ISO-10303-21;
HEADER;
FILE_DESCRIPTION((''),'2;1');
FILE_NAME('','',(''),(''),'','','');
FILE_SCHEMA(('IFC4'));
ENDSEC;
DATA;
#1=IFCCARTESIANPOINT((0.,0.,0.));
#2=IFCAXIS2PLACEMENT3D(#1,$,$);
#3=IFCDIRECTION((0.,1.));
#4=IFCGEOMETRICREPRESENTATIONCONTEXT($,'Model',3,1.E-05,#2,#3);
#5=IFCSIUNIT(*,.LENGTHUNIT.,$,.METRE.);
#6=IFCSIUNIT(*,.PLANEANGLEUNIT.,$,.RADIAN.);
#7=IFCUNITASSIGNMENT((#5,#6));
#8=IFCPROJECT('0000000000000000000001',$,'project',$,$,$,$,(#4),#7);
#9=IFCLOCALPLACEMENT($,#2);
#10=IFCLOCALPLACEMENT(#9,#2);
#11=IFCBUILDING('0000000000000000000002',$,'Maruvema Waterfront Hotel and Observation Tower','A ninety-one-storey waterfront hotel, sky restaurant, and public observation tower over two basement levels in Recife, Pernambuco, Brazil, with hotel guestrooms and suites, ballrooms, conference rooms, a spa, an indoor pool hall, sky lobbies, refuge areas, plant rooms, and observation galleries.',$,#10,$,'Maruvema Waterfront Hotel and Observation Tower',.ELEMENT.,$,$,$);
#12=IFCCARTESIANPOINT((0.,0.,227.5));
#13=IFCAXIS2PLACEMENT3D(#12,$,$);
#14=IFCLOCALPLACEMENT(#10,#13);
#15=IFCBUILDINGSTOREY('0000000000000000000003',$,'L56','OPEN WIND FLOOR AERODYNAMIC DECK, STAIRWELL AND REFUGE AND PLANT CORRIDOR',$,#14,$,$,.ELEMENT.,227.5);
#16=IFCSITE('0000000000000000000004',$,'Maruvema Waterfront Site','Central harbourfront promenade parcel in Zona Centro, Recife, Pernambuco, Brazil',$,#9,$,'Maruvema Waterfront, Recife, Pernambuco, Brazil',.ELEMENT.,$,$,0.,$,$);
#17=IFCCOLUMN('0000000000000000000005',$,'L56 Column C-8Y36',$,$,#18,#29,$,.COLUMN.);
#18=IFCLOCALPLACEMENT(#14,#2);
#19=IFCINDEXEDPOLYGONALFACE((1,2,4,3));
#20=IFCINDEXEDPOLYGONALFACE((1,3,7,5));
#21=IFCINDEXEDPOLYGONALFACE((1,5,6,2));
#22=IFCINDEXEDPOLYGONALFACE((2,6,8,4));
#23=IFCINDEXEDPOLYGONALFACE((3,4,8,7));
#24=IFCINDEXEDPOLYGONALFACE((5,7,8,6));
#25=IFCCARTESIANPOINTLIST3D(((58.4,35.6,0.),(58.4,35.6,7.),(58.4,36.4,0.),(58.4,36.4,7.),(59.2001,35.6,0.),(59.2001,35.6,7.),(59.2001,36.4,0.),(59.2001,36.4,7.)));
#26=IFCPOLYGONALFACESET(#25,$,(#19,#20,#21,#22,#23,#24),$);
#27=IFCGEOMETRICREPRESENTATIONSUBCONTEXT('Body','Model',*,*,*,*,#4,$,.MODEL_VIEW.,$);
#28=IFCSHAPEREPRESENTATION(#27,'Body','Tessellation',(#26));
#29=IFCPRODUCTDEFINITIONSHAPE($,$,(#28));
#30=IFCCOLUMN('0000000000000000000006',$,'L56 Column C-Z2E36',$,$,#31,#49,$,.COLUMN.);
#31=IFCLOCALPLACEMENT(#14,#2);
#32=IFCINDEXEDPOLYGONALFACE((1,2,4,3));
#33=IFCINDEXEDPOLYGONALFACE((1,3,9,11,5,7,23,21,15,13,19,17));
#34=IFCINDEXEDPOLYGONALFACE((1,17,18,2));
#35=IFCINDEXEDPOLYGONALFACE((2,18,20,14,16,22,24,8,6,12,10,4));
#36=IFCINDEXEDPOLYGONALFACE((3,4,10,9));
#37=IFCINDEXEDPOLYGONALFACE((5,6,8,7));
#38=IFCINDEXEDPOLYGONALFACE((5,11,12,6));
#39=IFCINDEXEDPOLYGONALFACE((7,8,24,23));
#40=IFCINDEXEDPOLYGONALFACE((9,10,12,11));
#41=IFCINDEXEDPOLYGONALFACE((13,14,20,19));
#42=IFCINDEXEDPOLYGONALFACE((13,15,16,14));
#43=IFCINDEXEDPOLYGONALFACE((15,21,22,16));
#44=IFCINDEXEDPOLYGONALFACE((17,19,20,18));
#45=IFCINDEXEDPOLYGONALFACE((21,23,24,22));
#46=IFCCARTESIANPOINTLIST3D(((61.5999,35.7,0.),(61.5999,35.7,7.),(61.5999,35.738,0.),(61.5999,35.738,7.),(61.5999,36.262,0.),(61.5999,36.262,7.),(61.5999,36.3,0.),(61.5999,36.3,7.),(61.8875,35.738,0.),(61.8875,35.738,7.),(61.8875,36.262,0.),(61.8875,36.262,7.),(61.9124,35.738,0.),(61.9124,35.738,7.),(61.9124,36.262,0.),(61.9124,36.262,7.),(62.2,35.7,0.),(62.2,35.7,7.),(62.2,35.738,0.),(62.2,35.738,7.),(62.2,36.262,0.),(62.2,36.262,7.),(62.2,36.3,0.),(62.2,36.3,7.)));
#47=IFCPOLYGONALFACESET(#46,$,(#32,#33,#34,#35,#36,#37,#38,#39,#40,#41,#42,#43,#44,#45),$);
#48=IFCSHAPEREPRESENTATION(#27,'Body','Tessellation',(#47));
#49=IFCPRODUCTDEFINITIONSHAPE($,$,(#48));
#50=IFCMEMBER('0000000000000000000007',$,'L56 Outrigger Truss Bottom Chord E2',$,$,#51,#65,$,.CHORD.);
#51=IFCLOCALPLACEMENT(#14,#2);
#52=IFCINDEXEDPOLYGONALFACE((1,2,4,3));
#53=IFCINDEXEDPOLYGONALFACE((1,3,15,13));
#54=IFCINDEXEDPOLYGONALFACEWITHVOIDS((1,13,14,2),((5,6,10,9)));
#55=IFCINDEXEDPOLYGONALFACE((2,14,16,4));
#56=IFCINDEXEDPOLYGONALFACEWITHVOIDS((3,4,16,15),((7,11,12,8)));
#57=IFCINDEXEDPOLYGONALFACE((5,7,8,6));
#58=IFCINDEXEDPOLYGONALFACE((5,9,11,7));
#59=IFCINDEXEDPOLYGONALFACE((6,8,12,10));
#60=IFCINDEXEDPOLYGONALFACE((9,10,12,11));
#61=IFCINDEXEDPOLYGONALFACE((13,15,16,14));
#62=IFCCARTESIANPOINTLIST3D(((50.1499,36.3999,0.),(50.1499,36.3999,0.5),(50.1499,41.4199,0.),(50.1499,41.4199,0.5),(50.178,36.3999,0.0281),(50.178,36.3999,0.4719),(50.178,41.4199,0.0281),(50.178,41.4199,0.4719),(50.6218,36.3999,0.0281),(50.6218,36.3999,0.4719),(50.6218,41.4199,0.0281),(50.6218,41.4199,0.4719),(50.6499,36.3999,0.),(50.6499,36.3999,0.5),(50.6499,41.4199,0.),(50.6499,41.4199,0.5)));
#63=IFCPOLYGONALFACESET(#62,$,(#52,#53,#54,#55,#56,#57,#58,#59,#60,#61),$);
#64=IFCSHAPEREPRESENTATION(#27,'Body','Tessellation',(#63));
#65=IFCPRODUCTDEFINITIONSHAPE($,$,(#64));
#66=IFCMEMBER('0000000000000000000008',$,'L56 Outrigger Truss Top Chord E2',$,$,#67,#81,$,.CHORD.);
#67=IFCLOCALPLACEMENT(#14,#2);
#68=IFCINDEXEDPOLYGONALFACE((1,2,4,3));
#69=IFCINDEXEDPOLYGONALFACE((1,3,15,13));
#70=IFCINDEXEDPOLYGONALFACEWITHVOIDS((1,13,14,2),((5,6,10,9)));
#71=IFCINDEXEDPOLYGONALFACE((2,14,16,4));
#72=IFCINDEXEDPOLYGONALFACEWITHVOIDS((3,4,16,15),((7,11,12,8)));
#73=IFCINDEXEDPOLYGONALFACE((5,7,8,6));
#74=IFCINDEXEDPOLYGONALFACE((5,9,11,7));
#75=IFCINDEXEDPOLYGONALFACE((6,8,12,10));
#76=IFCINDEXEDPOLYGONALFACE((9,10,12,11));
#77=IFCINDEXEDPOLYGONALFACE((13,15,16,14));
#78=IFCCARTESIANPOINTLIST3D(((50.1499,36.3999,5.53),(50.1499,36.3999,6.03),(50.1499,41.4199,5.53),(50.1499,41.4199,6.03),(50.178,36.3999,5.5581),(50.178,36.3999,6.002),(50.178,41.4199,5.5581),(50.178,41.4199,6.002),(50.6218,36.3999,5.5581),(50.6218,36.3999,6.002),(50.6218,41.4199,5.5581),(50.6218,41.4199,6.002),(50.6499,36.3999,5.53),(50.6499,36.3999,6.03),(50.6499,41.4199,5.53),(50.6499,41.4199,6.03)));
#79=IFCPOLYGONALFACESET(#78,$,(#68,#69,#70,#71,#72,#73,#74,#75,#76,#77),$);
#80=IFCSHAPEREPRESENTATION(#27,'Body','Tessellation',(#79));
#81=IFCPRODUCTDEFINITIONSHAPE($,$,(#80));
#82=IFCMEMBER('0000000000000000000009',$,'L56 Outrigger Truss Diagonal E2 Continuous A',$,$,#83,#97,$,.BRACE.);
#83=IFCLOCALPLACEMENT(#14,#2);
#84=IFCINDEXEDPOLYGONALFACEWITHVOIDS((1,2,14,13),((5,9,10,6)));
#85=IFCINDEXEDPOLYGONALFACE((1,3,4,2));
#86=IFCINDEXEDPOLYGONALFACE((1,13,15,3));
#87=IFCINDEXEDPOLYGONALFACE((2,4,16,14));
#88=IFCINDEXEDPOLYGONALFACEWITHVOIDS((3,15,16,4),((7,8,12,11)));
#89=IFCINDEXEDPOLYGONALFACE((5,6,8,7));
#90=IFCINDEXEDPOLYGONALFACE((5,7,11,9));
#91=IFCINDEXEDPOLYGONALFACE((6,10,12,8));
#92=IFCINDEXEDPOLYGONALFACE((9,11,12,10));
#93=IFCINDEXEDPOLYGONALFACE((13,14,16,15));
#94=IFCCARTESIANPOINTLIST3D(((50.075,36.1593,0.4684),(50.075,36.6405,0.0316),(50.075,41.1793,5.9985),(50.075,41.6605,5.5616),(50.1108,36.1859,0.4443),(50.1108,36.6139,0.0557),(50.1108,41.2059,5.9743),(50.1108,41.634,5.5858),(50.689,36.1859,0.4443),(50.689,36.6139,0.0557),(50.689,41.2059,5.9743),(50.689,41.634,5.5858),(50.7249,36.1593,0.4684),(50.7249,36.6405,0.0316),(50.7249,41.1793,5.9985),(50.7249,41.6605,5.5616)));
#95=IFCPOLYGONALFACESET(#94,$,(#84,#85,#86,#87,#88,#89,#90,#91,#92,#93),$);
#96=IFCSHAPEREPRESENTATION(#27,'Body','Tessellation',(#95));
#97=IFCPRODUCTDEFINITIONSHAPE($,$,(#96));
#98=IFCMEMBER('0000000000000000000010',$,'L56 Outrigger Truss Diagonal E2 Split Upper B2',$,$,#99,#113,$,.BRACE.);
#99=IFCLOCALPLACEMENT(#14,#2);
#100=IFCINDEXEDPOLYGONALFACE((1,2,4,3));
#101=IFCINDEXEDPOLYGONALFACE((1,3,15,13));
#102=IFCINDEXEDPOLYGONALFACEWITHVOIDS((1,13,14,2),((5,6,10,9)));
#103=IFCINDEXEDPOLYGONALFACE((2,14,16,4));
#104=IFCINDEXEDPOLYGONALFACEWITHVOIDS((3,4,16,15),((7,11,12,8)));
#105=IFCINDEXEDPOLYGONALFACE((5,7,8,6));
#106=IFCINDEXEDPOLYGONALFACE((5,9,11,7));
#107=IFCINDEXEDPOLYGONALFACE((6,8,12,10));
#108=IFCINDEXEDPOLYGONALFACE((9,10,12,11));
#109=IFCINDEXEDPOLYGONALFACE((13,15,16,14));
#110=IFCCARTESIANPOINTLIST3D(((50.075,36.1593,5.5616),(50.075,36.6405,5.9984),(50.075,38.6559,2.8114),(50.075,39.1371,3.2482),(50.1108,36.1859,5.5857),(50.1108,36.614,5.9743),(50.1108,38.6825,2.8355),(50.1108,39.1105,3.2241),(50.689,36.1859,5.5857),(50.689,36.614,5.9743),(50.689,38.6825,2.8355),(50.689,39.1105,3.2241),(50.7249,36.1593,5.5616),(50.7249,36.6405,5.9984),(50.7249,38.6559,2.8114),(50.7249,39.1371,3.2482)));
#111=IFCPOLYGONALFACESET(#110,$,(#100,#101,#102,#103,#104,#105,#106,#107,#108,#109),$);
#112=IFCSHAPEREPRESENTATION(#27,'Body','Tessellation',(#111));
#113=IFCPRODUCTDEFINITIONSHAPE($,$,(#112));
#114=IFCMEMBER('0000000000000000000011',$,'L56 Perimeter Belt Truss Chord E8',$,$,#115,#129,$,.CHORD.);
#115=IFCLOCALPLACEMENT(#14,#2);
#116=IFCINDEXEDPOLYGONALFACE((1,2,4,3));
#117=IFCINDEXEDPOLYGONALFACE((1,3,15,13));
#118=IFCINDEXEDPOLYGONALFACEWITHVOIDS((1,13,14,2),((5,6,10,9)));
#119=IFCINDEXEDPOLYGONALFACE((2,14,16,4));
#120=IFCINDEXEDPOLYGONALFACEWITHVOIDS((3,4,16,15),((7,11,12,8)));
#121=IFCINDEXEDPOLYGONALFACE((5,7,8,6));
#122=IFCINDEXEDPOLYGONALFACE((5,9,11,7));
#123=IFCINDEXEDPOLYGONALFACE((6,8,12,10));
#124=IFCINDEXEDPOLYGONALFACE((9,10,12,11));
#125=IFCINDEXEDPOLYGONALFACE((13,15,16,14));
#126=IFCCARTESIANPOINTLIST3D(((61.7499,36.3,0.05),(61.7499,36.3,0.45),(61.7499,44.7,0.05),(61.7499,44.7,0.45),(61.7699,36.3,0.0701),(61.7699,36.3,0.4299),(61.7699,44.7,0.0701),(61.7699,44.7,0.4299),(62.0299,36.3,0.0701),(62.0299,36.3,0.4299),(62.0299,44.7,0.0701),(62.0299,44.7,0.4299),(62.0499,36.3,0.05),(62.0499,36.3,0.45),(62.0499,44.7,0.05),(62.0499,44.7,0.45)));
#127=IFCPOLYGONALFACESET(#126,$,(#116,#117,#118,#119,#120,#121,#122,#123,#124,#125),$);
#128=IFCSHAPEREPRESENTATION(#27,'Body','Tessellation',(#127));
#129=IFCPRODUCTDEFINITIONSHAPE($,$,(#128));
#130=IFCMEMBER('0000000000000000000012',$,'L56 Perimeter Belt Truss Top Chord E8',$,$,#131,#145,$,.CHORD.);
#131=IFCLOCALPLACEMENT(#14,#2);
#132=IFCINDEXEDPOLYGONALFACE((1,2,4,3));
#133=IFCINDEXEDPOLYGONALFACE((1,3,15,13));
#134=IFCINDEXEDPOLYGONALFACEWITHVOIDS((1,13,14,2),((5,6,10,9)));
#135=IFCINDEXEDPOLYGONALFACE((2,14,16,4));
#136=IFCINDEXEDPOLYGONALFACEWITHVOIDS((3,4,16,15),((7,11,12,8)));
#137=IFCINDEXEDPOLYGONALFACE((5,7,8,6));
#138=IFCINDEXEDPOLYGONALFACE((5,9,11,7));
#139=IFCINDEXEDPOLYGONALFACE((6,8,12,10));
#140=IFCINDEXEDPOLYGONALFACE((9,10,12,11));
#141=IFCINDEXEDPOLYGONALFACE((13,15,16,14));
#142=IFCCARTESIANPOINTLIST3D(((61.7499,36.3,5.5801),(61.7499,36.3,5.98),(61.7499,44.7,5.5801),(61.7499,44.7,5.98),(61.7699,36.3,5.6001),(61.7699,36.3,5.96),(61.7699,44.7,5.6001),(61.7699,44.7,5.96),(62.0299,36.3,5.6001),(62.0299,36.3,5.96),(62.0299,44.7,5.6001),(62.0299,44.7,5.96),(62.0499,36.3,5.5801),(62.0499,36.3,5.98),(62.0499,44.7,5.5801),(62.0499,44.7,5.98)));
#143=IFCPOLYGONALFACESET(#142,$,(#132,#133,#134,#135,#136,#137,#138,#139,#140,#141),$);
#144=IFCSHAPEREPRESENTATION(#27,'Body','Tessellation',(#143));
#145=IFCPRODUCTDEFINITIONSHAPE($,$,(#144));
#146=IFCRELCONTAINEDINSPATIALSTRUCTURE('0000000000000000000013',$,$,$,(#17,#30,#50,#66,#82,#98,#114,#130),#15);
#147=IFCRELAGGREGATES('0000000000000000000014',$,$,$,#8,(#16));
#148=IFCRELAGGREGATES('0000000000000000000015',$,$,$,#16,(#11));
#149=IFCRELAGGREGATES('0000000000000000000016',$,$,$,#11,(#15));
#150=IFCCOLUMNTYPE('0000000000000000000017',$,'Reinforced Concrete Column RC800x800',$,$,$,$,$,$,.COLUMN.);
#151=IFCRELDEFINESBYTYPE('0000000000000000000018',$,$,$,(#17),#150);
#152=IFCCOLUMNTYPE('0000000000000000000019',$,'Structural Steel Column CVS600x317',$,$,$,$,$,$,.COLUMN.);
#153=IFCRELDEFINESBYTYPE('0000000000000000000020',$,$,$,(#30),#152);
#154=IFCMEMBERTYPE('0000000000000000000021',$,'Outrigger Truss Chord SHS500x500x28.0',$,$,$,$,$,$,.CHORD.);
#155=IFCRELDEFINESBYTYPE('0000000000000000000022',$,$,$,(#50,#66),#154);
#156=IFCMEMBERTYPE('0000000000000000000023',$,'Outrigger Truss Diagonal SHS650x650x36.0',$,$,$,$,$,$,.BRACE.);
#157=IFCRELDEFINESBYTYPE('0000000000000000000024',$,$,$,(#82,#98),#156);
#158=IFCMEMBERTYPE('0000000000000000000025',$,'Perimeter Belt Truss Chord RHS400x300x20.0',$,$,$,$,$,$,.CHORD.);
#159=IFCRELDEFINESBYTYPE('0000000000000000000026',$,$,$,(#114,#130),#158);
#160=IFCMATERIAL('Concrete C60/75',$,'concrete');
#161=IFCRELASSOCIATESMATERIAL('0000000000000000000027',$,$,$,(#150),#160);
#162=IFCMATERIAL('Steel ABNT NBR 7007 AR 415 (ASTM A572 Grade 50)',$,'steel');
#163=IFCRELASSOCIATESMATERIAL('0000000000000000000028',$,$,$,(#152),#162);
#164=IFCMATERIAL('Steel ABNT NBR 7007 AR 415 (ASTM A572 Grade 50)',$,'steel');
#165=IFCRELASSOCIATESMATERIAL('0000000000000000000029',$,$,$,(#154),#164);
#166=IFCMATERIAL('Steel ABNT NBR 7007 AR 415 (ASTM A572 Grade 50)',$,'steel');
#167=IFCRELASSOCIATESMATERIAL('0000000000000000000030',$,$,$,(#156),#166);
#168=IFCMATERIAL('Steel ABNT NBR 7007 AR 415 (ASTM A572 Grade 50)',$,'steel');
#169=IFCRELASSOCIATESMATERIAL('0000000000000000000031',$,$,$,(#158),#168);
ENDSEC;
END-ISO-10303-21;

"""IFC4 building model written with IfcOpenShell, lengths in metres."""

from ifc_helpers import new_model, si_unit, direction, frame, origin, origin_2d, place, context, subcontext, project, spatial, rectangle, hollow_rectangle, i_section, extrude, material, material_profile, profile_set, type_object, element, save


model = new_model("IFC4")

# Units and contexts
model_context = context("Model", 3, precision=1e-05, world=origin(), true_north=direction((0.0, 1.0)))
body_context = subcontext(model_context, "Body", "Model", "MODEL_VIEW")
ifc_project = project(units=[si_unit("LENGTHUNIT", "METRE"), si_unit("PLANEANGLEUNIT", "RADIAN")], contexts=[model_context])

# Site, building, storey
site_placement = place(None, origin())
site = spatial("IfcSite", under=ifc_project, at=site_placement, Name="Maruvema Waterfront Site", Description="Central harbourfront promenade parcel in Zona Centro, Recife, Pernambuco, Brazil", LongName="Maruvema Waterfront, Recife, Pernambuco, Brazil", CompositionType="ELEMENT", RefElevation=0.0)
building_placement = place(site_placement, origin())
building = spatial("IfcBuilding", under=site, at=building_placement, Name="Maruvema Waterfront Hotel and Observation Tower", Description="A ninety-one-storey waterfront hotel, sky restaurant, and public observation tower over two basement levels in Recife, Pernambuco, Brazil, with hotel guestrooms and suites, ballrooms, conference rooms, a spa, an indoor pool hall, sky lobbies, refuge areas, plant rooms, and observation galleries.", LongName="Maruvema Waterfront Hotel and Observation Tower", CompositionType="ELEMENT")
storey_placement = place(building_placement, frame((0.0, 0.0, 227.5)))
storey = spatial("IfcBuildingStorey", under=building, at=storey_placement, Name="L56", Description="OPEN WIND FLOOR AERODYNAMIC DECK, STAIRWELL AND REFUGE AND PLANT CORRIDOR", CompositionType="ELEMENT", Elevation=227.5)

# Columns
ifc_material_1 = material(Name="Concrete C60/75", Category="concrete")
ifc_material_profile_1 = material_profile(ifc_material_1, rectangle(XDim=0.8, YDim=0.8, at=origin_2d()), Name="RC800x800")
ifc_profile_set_1 = profile_set([ifc_material_profile_1], Name="Concrete C60/75")
column_type_1 = type_object("IfcColumnType", Name="Reinforced Concrete Column RC800x800", PredefinedType="COLUMN", material=ifc_profile_set_1)
column_1_placement = place(storey_placement, frame((58.8, 36.0, 0.0), z_axis=(0.0, 0.0, 1.0), x_axis=(1.0, 0.0, 0.0)))
element("IfcColumn", 1, at=column_1_placement, inside=storey, type_object=column_type_1, Name="L56 Column C-8Y36", PredefinedType="COLUMN", context=body_context, shape_type="SweptSolid", body=[
    extrude(rectangle(XDim=0.8, YDim=0.8, at=origin_2d()), origin(), (0.0, 0.0, 1.0), 7.0),
])
ifc_material_2 = material(Name="Steel ABNT NBR 7007 AR 415 (ASTM A572 Grade 50)", Category="steel")
ifc_material_profile_2 = material_profile(ifc_material_2, i_section(OverallWidth=0.6001, OverallDepth=0.6001, WebThickness=0.0249, FlangeThickness=0.0381, at=origin_2d()), Name="CVS600x317")
ifc_profile_set_2 = profile_set([ifc_material_profile_2], Name="Steel ABNT NBR 7007 AR 415 (ASTM A572 Grade 50)")
column_type_2 = type_object("IfcColumnType", Name="Structural Steel Column CVS600x317", PredefinedType="COLUMN", material=ifc_profile_set_2)
column_2_placement = place(storey_placement, frame((61.8999, 36.0, 0.0), z_axis=(0.0, 0.0, 1.0), x_axis=(1.0, 0.0, 0.0)))
element("IfcColumn", 2, at=column_2_placement, inside=storey, type_object=column_type_2, Name="L56 Column C-Z2E36", PredefinedType="COLUMN", context=body_context, shape_type="SweptSolid", body=[
    extrude(i_section(OverallWidth=0.6001, OverallDepth=0.6001, WebThickness=0.0249, FlangeThickness=0.0381, at=origin_2d()), origin(), (0.0, 0.0, 1.0), 7.0),
])

# Members
ifc_material_3 = material(Name="Steel ABNT NBR 7007 AR 415 (ASTM A572 Grade 50)", Category="steel")
ifc_material_profile_3 = material_profile(ifc_material_3, hollow_rectangle(XDim=0.5, YDim=0.5, WallThickness=0.0281, at=origin_2d()), Name="SHS500x500x28.0")
ifc_profile_set_3 = profile_set([ifc_material_profile_3], Name="Steel ABNT NBR 7007 AR 415 (ASTM A572 Grade 50)")
member_type_1 = type_object("IfcMemberType", Name="Outrigger Truss Chord SHS500x500x28.0", PredefinedType="CHORD", material=ifc_profile_set_3)
for number, where, z_axis, x_axis, name in (
    (3, (50.3999, 36.3999, 0.25), (0.0, 1.0, 0.0), (-1.0, 0.0, 0.0), "L56 Outrigger Truss Bottom Chord E2"),
    (4, (50.3999, 36.3999, 5.78), (0.0, 1.0, 0.0), (-1.0, 0.0, 0.0), "L56 Outrigger Truss Top Chord E2"),
):
    element("IfcMember", number, at=place(storey_placement, frame(where, z_axis=z_axis, x_axis=x_axis)), inside=storey, type_object=member_type_1, Name=name, PredefinedType="CHORD", context=body_context, shape_type="SweptSolid", body=[
        extrude(hollow_rectangle(XDim=0.5, YDim=0.5, WallThickness=0.0281, at=origin_2d()), origin(), (0.0, 0.0, 1.0), 5.02),
    ])
ifc_material_4 = material(Name="Steel ABNT NBR 7007 AR 415 (ASTM A572 Grade 50)", Category="steel")
ifc_material_profile_4 = material_profile(ifc_material_4, hollow_rectangle(XDim=0.6499, YDim=0.6499, WallThickness=0.0359, at=origin_2d()), Name="SHS650x650x36.0")
ifc_profile_set_4 = profile_set([ifc_material_profile_4], Name="Steel ABNT NBR 7007 AR 415 (ASTM A572 Grade 50)")
member_type_2 = type_object("IfcMemberType", Name="Outrigger Truss Diagonal SHS650x650x36.0", PredefinedType="BRACE", material=ifc_profile_set_4)
member_1_placement = place(storey_placement, frame((50.3999, 36.3999, 0.25), z_axis=(0.0, 0.672139, 0.740425), x_axis=(-1.0, 0.0, 0.0)))
element("IfcMember", 5, at=member_1_placement, inside=storey, type_object=member_type_2, Name="L56 Outrigger Truss Diagonal E2 Continuous A", PredefinedType="BRACE", context=body_context, shape_type="SweptSolid", body=[
    extrude(hollow_rectangle(XDim=0.6499, YDim=0.6499, WallThickness=0.0359, at=origin_2d()), origin(), (0.0, 0.0, 1.0), 7.4688),
])
member_2_placement = place(storey_placement, frame((50.3999, 38.8965, 3.0298), z_axis=(0.0, -0.672136, 0.740428), x_axis=(1.0, 0.0, 0.0)))
element("IfcMember", 6, at=member_2_placement, inside=storey, type_object=member_type_2, Name="L56 Outrigger Truss Diagonal E2 Split Upper B2", PredefinedType="BRACE", context=body_context, shape_type="SweptSolid", body=[
    extrude(hollow_rectangle(XDim=0.6499, YDim=0.6499, WallThickness=0.0359, at=origin_2d()), origin(), (0.0, 0.0, 1.0), 3.7144),
])
ifc_material_5 = material(Name="Steel ABNT NBR 7007 AR 415 (ASTM A572 Grade 50)", Category="steel")
ifc_material_profile_5 = material_profile(ifc_material_5, hollow_rectangle(XDim=0.3, YDim=0.3999, WallThickness=0.02, at=origin_2d()), Name="RHS400x300x20.0")
ifc_profile_set_5 = profile_set([ifc_material_profile_5], Name="Steel ABNT NBR 7007 AR 415 (ASTM A572 Grade 50)")
member_type_3 = type_object("IfcMemberType", Name="Perimeter Belt Truss Chord RHS400x300x20.0", PredefinedType="CHORD", material=ifc_profile_set_5)
for number, where, z_axis, x_axis, name in (
    (7, (61.8999, 36.3, 0.25), (0.0, 1.0, 0.0), (-1.0, 0.0, 0.0), "L56 Perimeter Belt Truss Chord E8"),
    (8, (61.8999, 36.3, 5.78), (0.0, 1.0, 0.0), (-1.0, 0.0, 0.0), "L56 Perimeter Belt Truss Top Chord E8"),
):
    element("IfcMember", number, at=place(storey_placement, frame(where, z_axis=z_axis, x_axis=x_axis)), inside=storey, type_object=member_type_3, Name=name, PredefinedType="CHORD", context=body_context, shape_type="SweptSolid", body=[
        extrude(hollow_rectangle(XDim=0.3, YDim=0.3999, WallThickness=0.02, at=origin_2d()), origin(), (0.0, 0.0, 1.0), 8.3999),
    ])

save(model, "model.ifc")
